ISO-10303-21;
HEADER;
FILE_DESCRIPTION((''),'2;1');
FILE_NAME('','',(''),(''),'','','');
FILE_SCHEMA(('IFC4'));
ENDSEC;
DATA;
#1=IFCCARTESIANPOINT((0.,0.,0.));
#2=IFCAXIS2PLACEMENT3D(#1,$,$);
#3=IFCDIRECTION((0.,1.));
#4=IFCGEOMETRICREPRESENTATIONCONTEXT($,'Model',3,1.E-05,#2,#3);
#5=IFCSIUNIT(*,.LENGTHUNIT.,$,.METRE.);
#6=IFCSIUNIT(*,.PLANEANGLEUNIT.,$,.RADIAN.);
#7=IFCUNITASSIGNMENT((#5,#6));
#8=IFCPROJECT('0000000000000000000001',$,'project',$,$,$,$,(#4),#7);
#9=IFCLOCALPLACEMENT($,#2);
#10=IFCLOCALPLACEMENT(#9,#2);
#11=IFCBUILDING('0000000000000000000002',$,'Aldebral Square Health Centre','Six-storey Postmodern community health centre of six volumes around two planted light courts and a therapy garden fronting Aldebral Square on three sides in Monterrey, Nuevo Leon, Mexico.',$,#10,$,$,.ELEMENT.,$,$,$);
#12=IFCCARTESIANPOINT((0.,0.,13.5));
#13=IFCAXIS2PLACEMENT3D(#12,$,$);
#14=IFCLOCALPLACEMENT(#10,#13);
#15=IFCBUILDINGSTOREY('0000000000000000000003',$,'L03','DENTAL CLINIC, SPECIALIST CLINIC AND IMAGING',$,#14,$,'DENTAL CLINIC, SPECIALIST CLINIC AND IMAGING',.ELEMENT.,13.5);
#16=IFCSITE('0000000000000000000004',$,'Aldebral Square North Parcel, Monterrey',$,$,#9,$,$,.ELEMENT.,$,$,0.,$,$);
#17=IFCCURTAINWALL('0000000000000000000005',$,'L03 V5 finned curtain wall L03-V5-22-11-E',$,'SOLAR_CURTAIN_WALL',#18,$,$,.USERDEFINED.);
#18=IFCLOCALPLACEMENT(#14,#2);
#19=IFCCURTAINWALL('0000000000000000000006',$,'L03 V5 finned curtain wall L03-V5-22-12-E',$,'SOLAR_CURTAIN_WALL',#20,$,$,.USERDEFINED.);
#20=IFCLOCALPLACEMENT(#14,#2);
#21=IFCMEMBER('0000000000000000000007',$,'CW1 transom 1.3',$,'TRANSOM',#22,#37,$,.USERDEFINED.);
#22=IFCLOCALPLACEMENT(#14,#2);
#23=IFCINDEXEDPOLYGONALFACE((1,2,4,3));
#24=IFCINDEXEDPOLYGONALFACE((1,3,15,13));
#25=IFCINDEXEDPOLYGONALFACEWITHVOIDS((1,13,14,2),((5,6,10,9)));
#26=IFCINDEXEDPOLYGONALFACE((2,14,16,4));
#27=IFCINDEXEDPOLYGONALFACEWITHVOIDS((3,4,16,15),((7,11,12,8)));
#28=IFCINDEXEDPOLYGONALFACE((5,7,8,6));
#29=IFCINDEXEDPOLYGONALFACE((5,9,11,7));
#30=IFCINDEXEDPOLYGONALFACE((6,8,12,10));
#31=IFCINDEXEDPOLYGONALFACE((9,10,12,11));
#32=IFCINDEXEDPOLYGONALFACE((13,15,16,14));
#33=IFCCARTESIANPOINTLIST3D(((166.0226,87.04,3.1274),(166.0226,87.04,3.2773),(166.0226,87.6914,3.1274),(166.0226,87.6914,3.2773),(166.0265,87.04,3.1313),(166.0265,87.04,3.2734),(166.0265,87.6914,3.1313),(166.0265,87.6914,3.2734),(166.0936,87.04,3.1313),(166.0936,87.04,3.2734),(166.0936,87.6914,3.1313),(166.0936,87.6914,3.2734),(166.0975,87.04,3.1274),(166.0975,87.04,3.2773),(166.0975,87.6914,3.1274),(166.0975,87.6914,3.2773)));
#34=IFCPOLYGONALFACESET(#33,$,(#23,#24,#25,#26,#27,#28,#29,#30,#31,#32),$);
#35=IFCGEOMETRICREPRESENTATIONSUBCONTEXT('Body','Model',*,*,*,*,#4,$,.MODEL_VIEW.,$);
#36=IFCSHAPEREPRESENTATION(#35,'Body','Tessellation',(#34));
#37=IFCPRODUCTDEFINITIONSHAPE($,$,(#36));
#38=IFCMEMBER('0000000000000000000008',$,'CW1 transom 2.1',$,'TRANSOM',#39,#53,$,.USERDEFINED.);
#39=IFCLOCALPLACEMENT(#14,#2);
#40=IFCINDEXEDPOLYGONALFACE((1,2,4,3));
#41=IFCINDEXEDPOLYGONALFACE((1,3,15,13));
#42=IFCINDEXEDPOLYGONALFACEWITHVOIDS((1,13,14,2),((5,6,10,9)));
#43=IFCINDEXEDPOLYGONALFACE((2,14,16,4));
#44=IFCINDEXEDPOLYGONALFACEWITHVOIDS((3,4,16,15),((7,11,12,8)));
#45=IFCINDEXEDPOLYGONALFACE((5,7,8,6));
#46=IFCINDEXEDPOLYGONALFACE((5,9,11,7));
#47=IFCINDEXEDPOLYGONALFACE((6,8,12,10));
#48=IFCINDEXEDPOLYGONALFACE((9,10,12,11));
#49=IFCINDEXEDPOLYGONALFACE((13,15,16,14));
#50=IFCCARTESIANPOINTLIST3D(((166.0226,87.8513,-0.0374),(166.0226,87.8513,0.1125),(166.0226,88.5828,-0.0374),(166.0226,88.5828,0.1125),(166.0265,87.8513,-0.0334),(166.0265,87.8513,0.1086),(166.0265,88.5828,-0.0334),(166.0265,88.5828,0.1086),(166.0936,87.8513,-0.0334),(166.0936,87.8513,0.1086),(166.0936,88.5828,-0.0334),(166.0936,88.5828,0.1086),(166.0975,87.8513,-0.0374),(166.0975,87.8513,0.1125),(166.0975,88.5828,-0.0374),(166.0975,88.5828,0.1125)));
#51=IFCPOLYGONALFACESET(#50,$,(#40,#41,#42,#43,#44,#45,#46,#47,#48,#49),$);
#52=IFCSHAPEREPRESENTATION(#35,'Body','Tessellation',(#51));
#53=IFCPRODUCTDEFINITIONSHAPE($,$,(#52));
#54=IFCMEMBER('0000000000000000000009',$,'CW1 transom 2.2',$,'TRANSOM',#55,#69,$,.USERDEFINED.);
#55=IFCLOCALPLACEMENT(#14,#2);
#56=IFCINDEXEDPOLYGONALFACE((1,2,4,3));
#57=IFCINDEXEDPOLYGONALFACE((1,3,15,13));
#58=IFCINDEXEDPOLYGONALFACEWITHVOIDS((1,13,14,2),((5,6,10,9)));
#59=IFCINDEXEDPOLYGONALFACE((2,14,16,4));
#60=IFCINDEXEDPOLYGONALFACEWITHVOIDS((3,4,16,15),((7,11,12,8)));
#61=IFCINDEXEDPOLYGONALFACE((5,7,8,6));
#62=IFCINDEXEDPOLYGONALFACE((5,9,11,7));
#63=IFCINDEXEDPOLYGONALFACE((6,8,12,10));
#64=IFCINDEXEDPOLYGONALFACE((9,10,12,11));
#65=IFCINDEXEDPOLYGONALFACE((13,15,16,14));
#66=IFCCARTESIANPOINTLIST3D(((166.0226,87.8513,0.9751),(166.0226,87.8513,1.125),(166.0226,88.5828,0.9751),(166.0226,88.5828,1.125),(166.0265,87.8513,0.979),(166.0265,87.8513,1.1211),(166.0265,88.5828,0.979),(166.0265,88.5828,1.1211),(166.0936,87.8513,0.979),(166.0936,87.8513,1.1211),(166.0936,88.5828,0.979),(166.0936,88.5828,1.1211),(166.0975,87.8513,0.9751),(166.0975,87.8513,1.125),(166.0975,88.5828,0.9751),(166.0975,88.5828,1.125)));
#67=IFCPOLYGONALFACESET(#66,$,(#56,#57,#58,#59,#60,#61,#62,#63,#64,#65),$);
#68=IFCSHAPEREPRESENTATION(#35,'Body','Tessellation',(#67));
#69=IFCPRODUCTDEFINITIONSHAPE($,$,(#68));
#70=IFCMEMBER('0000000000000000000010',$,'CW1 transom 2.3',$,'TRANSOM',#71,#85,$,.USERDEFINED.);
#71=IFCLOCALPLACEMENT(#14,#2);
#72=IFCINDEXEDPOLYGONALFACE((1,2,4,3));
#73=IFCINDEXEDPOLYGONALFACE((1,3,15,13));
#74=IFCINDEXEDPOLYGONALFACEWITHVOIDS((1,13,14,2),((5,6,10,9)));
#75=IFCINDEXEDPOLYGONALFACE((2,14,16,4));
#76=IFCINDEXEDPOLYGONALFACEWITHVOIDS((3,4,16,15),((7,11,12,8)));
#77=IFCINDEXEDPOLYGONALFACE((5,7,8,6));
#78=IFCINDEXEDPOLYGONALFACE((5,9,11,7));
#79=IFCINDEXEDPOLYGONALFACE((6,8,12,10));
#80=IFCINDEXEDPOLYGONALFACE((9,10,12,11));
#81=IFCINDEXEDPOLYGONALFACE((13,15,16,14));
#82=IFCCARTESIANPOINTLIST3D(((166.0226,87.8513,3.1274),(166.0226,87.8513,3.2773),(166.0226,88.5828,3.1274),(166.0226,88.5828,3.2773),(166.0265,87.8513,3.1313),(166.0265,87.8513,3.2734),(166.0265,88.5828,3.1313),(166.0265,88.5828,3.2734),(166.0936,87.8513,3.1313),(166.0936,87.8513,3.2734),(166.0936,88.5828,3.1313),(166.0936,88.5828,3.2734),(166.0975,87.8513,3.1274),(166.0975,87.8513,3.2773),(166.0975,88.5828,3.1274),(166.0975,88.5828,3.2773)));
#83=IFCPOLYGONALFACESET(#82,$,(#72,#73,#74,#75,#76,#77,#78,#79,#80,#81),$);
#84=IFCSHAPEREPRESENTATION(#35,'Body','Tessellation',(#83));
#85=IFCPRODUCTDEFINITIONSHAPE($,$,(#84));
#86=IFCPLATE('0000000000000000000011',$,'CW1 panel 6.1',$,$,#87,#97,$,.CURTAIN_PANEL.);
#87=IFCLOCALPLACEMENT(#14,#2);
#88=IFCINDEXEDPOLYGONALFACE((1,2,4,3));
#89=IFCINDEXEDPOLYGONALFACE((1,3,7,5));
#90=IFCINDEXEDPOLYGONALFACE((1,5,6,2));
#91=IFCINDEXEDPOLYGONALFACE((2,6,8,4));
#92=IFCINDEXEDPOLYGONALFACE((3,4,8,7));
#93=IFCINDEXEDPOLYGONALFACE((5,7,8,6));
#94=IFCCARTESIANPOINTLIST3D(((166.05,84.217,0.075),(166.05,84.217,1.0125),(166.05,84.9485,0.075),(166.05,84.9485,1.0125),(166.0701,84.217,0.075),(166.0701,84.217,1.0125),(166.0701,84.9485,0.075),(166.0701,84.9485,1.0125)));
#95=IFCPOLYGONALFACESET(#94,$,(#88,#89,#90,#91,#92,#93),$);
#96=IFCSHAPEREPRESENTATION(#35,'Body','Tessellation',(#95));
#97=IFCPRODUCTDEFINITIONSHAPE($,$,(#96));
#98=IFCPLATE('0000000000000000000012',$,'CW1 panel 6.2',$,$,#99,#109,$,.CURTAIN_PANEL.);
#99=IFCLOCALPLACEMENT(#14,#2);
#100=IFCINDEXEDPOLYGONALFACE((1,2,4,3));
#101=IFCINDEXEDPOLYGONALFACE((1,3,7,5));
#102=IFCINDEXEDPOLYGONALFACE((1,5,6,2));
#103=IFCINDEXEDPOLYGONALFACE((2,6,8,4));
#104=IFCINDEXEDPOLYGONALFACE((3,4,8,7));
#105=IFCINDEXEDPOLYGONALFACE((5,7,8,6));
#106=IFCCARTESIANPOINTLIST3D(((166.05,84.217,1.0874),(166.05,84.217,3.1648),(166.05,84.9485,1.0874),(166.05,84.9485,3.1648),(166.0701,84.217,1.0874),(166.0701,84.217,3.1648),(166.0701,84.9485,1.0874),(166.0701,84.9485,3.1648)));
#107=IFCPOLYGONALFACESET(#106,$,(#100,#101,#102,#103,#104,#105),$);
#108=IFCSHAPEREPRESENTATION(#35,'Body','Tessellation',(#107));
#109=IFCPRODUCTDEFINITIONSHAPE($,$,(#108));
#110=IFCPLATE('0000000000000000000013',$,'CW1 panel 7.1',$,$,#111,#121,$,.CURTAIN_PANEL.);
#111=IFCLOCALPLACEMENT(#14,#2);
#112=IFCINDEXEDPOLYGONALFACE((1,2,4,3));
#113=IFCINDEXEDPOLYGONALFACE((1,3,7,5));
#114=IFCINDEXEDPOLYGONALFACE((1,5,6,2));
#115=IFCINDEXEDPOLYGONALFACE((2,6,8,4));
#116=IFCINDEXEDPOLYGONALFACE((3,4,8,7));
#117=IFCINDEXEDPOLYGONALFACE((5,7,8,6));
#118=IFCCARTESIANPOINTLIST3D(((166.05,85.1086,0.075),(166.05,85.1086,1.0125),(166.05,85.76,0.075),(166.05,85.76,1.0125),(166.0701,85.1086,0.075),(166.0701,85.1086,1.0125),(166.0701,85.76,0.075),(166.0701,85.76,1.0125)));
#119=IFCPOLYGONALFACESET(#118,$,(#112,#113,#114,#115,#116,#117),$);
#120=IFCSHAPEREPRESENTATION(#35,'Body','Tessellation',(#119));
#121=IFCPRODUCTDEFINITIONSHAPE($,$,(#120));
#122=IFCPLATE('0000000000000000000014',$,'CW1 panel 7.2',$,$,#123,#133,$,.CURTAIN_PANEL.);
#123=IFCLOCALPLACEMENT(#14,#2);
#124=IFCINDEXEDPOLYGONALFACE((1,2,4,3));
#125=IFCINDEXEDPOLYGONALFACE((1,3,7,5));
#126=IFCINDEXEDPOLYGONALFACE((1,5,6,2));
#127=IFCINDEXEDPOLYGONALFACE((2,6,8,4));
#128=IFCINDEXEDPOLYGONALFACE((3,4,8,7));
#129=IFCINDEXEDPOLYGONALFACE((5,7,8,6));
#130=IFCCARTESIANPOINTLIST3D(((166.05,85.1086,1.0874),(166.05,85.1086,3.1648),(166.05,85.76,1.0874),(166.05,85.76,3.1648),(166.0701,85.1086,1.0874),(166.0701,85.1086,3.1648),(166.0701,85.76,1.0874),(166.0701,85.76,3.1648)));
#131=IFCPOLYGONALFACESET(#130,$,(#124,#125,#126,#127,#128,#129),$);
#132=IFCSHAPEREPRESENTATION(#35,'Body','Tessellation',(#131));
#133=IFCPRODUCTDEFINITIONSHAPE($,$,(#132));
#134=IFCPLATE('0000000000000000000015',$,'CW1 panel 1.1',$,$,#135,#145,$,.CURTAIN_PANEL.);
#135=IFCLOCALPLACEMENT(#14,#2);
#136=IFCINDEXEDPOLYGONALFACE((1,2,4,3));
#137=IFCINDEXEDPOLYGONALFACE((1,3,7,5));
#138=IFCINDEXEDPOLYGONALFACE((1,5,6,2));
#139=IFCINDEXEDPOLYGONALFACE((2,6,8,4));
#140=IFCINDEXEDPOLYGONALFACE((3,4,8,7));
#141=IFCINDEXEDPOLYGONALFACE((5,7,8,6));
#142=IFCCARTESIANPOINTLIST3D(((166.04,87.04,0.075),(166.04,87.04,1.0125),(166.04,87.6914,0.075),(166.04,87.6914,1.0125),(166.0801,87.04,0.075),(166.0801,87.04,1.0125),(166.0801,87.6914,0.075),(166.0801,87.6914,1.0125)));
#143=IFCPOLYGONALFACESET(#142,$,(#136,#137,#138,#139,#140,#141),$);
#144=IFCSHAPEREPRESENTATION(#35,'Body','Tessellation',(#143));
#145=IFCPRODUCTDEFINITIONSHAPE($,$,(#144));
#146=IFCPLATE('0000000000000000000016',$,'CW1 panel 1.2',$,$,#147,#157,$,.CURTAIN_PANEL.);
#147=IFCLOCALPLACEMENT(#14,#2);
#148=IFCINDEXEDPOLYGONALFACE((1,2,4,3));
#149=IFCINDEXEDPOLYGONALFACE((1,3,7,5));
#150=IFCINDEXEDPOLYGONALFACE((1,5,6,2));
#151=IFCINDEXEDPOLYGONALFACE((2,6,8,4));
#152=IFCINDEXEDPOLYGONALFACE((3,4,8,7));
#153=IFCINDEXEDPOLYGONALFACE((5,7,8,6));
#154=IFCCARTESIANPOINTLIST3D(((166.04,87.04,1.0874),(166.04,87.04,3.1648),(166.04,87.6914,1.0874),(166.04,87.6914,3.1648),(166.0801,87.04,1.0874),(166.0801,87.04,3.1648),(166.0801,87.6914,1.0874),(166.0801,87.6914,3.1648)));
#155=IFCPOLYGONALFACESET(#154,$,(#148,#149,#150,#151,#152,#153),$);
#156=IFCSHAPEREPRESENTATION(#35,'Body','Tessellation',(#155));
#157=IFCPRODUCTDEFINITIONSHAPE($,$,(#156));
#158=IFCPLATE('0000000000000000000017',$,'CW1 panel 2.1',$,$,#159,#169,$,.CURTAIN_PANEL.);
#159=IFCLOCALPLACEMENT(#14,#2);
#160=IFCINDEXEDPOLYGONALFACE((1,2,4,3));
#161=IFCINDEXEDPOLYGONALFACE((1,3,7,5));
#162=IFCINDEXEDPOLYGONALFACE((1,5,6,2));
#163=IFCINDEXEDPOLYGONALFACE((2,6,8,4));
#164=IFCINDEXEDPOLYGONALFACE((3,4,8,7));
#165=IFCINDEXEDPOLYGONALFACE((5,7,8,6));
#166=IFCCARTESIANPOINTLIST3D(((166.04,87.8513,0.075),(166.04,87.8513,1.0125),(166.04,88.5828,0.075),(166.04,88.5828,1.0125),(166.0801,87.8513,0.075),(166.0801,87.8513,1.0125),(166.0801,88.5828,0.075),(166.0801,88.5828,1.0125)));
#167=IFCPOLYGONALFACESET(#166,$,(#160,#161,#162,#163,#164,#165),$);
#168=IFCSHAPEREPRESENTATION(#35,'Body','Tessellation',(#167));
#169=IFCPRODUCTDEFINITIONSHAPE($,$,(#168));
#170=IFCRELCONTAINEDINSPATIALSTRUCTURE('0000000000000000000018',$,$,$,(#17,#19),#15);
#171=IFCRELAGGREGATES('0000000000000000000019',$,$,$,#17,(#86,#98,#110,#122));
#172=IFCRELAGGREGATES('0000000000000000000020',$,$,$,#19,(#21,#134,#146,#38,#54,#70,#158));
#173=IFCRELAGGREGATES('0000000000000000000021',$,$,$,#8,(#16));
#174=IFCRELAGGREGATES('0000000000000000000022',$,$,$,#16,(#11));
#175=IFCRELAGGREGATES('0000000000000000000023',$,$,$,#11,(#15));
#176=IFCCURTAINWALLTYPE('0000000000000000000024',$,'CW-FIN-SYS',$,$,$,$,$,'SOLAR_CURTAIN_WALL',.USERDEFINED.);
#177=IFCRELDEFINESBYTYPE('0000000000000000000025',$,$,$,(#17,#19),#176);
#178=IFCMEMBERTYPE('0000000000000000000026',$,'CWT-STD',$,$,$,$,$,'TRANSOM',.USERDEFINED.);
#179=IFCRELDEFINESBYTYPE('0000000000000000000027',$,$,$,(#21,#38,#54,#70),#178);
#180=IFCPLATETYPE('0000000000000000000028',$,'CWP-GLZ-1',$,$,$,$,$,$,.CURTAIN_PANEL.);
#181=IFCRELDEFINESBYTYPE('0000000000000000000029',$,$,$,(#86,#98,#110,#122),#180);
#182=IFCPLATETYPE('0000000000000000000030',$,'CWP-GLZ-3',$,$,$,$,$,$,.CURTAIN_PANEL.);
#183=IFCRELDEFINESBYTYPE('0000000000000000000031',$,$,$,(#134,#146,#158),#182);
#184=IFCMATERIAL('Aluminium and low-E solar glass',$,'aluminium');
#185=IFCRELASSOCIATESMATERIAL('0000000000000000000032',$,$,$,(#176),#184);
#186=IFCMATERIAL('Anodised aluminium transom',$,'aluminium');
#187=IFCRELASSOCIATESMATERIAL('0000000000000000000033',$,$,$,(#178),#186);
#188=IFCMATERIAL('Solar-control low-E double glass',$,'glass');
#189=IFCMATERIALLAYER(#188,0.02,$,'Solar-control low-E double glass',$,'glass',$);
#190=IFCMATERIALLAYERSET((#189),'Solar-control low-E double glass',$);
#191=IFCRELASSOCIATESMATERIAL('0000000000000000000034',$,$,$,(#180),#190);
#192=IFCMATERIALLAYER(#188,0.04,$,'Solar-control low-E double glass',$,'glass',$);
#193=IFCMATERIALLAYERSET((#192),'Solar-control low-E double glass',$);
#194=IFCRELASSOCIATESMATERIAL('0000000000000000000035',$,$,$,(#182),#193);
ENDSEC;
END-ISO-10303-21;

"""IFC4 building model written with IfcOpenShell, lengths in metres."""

from ifc_helpers import new_model, si_unit, direction, frame, origin, origin_2d, place, context, subcontext, project, spatial, rectangle, hollow_rectangle, extrude, material, layer, layer_set, material_profile, profile_set, type_object, element, aggregate, save


model = new_model("IFC4")

# Units and contexts
model_context = context("Model", 3, precision=1e-05, world=origin(), true_north=direction((0.0, 1.0)))
body_context = subcontext(model_context, "Body", "Model", "MODEL_VIEW")
ifc_project = project(units=[si_unit("LENGTHUNIT", "METRE"), si_unit("PLANEANGLEUNIT", "RADIAN")], contexts=[model_context])

# Site, building, storey
site_placement = place(None, origin())
site = spatial("IfcSite", under=ifc_project, at=site_placement, Name="Aldebral Square North Parcel, Monterrey", CompositionType="ELEMENT", RefElevation=0.0)
building_placement = place(site_placement, origin())
building = spatial("IfcBuilding", under=site, at=building_placement, Name="Aldebral Square Health Centre", Description="Six-storey Postmodern community health centre of six volumes around two planted light courts and a therapy garden fronting Aldebral Square on three sides in Monterrey, Nuevo Leon, Mexico.", CompositionType="ELEMENT")
storey_placement = place(building_placement, frame((0.0, 0.0, 13.5)))
storey = spatial("IfcBuildingStorey", under=building, at=storey_placement, Name="L03", Description="DENTAL CLINIC, SPECIALIST CLINIC AND IMAGING", LongName="DENTAL CLINIC, SPECIALIST CLINIC AND IMAGING", CompositionType="ELEMENT", Elevation=13.5)

# Curtain walls
ifc_material_1 = material(Name="Aluminium and low-E solar glass", Category="aluminium")
curtain_wall_type = type_object("IfcCurtainWallType", Name="CW-FIN-SYS", ElementType="SOLAR_CURTAIN_WALL", PredefinedType="USERDEFINED", material=ifc_material_1)
curtain_wall_1_placement = place(storey_placement, origin())
curtain_wall_1 = element("IfcCurtainWall", 1, at=curtain_wall_1_placement, inside=storey, type_object=curtain_wall_type, Name="L03 V5 finned curtain wall L03-V5-22-11-E", ObjectType="SOLAR_CURTAIN_WALL", PredefinedType="USERDEFINED")
curtain_wall_2_placement = place(storey_placement, origin())
curtain_wall_2 = element("IfcCurtainWall", 2, at=curtain_wall_2_placement, inside=storey, type_object=curtain_wall_type, Name="L03 V5 finned curtain wall L03-V5-22-12-E", ObjectType="SOLAR_CURTAIN_WALL", PredefinedType="USERDEFINED")

# Members
ifc_material_2 = material(Name="Anodised aluminium transom", Category="aluminium")
ifc_material_profile_1 = material_profile(ifc_material_2, hollow_rectangle(XDim=0.075, YDim=0.1499, WallThickness=0.0039, at=origin_2d()), Name="CWT 75x150x4")
ifc_profile_set_1 = profile_set([ifc_material_profile_1], Name="Anodised aluminium transom")
member_type_1 = type_object("IfcMemberType", Name="CWT-STD", ElementType="TRANSOM", PredefinedType="USERDEFINED", material=ifc_profile_set_1)
member_1_placement = place(storey_placement, frame((166.0601, 87.04, 3.2024), z_axis=(0.0, 1.0, 0.0), x_axis=(-1.0, 0.0, 0.0)))
member_1 = element("IfcMember", 3, at=member_1_placement, type_object=member_type_1, Name="CW1 transom 1.3", ObjectType="TRANSOM", PredefinedType="USERDEFINED", context=body_context, shape_type="SweptSolid", body=[
    extrude(hollow_rectangle(XDim=0.075, YDim=0.1499, WallThickness=0.0039, at=origin_2d()), origin(), (0.0, 0.0, 1.0), 0.6514),
])
member_2_placement = place(storey_placement, frame((166.0601, 87.8513, 0.0376), z_axis=(0.0, 1.0, 0.0), x_axis=(-1.0, 0.0, 0.0)))
member_2 = element("IfcMember", 4, at=member_2_placement, type_object=member_type_1, Name="CW1 transom 2.1", ObjectType="TRANSOM", PredefinedType="USERDEFINED", context=body_context, shape_type="SweptSolid", body=[
    extrude(hollow_rectangle(XDim=0.075, YDim=0.1499, WallThickness=0.0039, at=origin_2d()), origin(), (0.0, 0.0, 1.0), 0.7314),
])
member_3_placement = place(storey_placement, frame((166.0601, 87.8513, 1.05), z_axis=(0.0, 1.0, 0.0), x_axis=(-1.0, 0.0, 0.0)))
member_3 = element("IfcMember", 5, at=member_3_placement, type_object=member_type_1, Name="CW1 transom 2.2", ObjectType="TRANSOM", PredefinedType="USERDEFINED", context=body_context, shape_type="SweptSolid", body=[
    extrude(hollow_rectangle(XDim=0.075, YDim=0.1499, WallThickness=0.0039, at=origin_2d()), origin(), (0.0, 0.0, 1.0), 0.7314),
])
member_4_placement = place(storey_placement, frame((166.0601, 87.8513, 3.2024), z_axis=(0.0, 1.0, 0.0), x_axis=(-1.0, 0.0, 0.0)))
member_4 = element("IfcMember", 6, at=member_4_placement, type_object=member_type_1, Name="CW1 transom 2.3", ObjectType="TRANSOM", PredefinedType="USERDEFINED", context=body_context, shape_type="SweptSolid", body=[
    extrude(hollow_rectangle(XDim=0.075, YDim=0.1499, WallThickness=0.0039, at=origin_2d()), origin(), (0.0, 0.0, 1.0), 0.7314),
])

# Plates
ifc_material_3 = material(Name="Solar-control low-E double glass", Category="glass")
ifc_layer_1 = layer(ifc_material_3, 0.02, Name="Solar-control low-E double glass", Category="glass")
ifc_layer_set_1 = layer_set([ifc_layer_1], Name="Solar-control low-E double glass")
plate_type_1 = type_object("IfcPlateType", Name="CWP-GLZ-1", PredefinedType="CURTAIN_PANEL", material=ifc_layer_set_1)
plate_1_placement = place(storey_placement, frame((166.0601, 84.5828, 0.075), z_axis=(0.0, 0.0, 1.0), x_axis=(0.0, 1.0, 0.0)))
plate_1 = element("IfcPlate", 7, at=plate_1_placement, type_object=plate_type_1, Name="CW1 panel 6.1", PredefinedType="CURTAIN_PANEL", context=body_context, shape_type="SweptSolid", body=[
    extrude(rectangle(XDim=0.7314, YDim=0.02, at=origin_2d()), origin(), (0.0, 0.0, 1.0), 0.9375),
])
plate_2_placement = place(storey_placement, frame((166.0601, 84.5828, 1.0874), z_axis=(0.0, 0.0, 1.0), x_axis=(0.0, 1.0, 0.0)))
plate_2 = element("IfcPlate", 8, at=plate_2_placement, type_object=plate_type_1, Name="CW1 panel 6.2", PredefinedType="CURTAIN_PANEL", context=body_context, shape_type="SweptSolid", body=[
    extrude(rectangle(XDim=0.7314, YDim=0.02, at=origin_2d()), origin(), (0.0, 0.0, 1.0), 2.0774),
])
plate_3_placement = place(storey_placement, frame((166.0601, 85.4343, 0.075), z_axis=(0.0, 0.0, 1.0), x_axis=(0.0, 1.0, 0.0)))
plate_3 = element("IfcPlate", 9, at=plate_3_placement, type_object=plate_type_1, Name="CW1 panel 7.1", PredefinedType="CURTAIN_PANEL", context=body_context, shape_type="SweptSolid", body=[
    extrude(rectangle(XDim=0.6514, YDim=0.02, at=origin_2d()), origin(), (0.0, 0.0, 1.0), 0.9375),
])
plate_4_placement = place(storey_placement, frame((166.0601, 85.4343, 1.0874), z_axis=(0.0, 0.0, 1.0), x_axis=(0.0, 1.0, 0.0)))
plate_4 = element("IfcPlate", 10, at=plate_4_placement, type_object=plate_type_1, Name="CW1 panel 7.2", PredefinedType="CURTAIN_PANEL", context=body_context, shape_type="SweptSolid", body=[
    extrude(rectangle(XDim=0.6514, YDim=0.02, at=origin_2d()), origin(), (0.0, 0.0, 1.0), 2.0774),
])
aggregate(curtain_wall_1, [plate_1, plate_2, plate_3, plate_4])
ifc_layer_2 = layer(ifc_material_3, 0.04, Name="Solar-control low-E double glass", Category="glass")
ifc_layer_set_2 = layer_set([ifc_layer_2], Name="Solar-control low-E double glass")
plate_type_2 = type_object("IfcPlateType", Name="CWP-GLZ-3", PredefinedType="CURTAIN_PANEL", material=ifc_layer_set_2)
plate_5_placement = place(storey_placement, frame((166.0601, 87.3657, 0.075), z_axis=(0.0, 0.0, 1.0), x_axis=(0.0, 1.0, 0.0)))
plate_5 = element("IfcPlate", 11, at=plate_5_placement, type_object=plate_type_2, Name="CW1 panel 1.1", PredefinedType="CURTAIN_PANEL", context=body_context, shape_type="SweptSolid", body=[
    extrude(rectangle(XDim=0.6514, YDim=0.04, at=origin_2d()), origin(), (0.0, 0.0, 1.0), 0.9375),
])
plate_6_placement = place(storey_placement, frame((166.0601, 87.3657, 1.0874), z_axis=(0.0, 0.0, 1.0), x_axis=(0.0, 1.0, 0.0)))
plate_6 = element("IfcPlate", 12, at=plate_6_placement, type_object=plate_type_2, Name="CW1 panel 1.2", PredefinedType="CURTAIN_PANEL", context=body_context, shape_type="SweptSolid", body=[
    extrude(rectangle(XDim=0.6514, YDim=0.04, at=origin_2d()), origin(), (0.0, 0.0, 1.0), 2.0774),
])
plate_7_placement = place(storey_placement, frame((166.0601, 88.217, 0.075), z_axis=(0.0, 0.0, 1.0), x_axis=(0.0, 1.0, 0.0)))
plate_7 = element("IfcPlate", 13, at=plate_7_placement, type_object=plate_type_2, Name="CW1 panel 2.1", PredefinedType="CURTAIN_PANEL", context=body_context, shape_type="SweptSolid", body=[
    extrude(rectangle(XDim=0.7314, YDim=0.04, at=origin_2d()), origin(), (0.0, 0.0, 1.0), 0.9375),
])
aggregate(curtain_wall_2, [member_1, plate_5, plate_6, member_2, member_3, member_4, plate_7])

save(model, "model.ifc")
